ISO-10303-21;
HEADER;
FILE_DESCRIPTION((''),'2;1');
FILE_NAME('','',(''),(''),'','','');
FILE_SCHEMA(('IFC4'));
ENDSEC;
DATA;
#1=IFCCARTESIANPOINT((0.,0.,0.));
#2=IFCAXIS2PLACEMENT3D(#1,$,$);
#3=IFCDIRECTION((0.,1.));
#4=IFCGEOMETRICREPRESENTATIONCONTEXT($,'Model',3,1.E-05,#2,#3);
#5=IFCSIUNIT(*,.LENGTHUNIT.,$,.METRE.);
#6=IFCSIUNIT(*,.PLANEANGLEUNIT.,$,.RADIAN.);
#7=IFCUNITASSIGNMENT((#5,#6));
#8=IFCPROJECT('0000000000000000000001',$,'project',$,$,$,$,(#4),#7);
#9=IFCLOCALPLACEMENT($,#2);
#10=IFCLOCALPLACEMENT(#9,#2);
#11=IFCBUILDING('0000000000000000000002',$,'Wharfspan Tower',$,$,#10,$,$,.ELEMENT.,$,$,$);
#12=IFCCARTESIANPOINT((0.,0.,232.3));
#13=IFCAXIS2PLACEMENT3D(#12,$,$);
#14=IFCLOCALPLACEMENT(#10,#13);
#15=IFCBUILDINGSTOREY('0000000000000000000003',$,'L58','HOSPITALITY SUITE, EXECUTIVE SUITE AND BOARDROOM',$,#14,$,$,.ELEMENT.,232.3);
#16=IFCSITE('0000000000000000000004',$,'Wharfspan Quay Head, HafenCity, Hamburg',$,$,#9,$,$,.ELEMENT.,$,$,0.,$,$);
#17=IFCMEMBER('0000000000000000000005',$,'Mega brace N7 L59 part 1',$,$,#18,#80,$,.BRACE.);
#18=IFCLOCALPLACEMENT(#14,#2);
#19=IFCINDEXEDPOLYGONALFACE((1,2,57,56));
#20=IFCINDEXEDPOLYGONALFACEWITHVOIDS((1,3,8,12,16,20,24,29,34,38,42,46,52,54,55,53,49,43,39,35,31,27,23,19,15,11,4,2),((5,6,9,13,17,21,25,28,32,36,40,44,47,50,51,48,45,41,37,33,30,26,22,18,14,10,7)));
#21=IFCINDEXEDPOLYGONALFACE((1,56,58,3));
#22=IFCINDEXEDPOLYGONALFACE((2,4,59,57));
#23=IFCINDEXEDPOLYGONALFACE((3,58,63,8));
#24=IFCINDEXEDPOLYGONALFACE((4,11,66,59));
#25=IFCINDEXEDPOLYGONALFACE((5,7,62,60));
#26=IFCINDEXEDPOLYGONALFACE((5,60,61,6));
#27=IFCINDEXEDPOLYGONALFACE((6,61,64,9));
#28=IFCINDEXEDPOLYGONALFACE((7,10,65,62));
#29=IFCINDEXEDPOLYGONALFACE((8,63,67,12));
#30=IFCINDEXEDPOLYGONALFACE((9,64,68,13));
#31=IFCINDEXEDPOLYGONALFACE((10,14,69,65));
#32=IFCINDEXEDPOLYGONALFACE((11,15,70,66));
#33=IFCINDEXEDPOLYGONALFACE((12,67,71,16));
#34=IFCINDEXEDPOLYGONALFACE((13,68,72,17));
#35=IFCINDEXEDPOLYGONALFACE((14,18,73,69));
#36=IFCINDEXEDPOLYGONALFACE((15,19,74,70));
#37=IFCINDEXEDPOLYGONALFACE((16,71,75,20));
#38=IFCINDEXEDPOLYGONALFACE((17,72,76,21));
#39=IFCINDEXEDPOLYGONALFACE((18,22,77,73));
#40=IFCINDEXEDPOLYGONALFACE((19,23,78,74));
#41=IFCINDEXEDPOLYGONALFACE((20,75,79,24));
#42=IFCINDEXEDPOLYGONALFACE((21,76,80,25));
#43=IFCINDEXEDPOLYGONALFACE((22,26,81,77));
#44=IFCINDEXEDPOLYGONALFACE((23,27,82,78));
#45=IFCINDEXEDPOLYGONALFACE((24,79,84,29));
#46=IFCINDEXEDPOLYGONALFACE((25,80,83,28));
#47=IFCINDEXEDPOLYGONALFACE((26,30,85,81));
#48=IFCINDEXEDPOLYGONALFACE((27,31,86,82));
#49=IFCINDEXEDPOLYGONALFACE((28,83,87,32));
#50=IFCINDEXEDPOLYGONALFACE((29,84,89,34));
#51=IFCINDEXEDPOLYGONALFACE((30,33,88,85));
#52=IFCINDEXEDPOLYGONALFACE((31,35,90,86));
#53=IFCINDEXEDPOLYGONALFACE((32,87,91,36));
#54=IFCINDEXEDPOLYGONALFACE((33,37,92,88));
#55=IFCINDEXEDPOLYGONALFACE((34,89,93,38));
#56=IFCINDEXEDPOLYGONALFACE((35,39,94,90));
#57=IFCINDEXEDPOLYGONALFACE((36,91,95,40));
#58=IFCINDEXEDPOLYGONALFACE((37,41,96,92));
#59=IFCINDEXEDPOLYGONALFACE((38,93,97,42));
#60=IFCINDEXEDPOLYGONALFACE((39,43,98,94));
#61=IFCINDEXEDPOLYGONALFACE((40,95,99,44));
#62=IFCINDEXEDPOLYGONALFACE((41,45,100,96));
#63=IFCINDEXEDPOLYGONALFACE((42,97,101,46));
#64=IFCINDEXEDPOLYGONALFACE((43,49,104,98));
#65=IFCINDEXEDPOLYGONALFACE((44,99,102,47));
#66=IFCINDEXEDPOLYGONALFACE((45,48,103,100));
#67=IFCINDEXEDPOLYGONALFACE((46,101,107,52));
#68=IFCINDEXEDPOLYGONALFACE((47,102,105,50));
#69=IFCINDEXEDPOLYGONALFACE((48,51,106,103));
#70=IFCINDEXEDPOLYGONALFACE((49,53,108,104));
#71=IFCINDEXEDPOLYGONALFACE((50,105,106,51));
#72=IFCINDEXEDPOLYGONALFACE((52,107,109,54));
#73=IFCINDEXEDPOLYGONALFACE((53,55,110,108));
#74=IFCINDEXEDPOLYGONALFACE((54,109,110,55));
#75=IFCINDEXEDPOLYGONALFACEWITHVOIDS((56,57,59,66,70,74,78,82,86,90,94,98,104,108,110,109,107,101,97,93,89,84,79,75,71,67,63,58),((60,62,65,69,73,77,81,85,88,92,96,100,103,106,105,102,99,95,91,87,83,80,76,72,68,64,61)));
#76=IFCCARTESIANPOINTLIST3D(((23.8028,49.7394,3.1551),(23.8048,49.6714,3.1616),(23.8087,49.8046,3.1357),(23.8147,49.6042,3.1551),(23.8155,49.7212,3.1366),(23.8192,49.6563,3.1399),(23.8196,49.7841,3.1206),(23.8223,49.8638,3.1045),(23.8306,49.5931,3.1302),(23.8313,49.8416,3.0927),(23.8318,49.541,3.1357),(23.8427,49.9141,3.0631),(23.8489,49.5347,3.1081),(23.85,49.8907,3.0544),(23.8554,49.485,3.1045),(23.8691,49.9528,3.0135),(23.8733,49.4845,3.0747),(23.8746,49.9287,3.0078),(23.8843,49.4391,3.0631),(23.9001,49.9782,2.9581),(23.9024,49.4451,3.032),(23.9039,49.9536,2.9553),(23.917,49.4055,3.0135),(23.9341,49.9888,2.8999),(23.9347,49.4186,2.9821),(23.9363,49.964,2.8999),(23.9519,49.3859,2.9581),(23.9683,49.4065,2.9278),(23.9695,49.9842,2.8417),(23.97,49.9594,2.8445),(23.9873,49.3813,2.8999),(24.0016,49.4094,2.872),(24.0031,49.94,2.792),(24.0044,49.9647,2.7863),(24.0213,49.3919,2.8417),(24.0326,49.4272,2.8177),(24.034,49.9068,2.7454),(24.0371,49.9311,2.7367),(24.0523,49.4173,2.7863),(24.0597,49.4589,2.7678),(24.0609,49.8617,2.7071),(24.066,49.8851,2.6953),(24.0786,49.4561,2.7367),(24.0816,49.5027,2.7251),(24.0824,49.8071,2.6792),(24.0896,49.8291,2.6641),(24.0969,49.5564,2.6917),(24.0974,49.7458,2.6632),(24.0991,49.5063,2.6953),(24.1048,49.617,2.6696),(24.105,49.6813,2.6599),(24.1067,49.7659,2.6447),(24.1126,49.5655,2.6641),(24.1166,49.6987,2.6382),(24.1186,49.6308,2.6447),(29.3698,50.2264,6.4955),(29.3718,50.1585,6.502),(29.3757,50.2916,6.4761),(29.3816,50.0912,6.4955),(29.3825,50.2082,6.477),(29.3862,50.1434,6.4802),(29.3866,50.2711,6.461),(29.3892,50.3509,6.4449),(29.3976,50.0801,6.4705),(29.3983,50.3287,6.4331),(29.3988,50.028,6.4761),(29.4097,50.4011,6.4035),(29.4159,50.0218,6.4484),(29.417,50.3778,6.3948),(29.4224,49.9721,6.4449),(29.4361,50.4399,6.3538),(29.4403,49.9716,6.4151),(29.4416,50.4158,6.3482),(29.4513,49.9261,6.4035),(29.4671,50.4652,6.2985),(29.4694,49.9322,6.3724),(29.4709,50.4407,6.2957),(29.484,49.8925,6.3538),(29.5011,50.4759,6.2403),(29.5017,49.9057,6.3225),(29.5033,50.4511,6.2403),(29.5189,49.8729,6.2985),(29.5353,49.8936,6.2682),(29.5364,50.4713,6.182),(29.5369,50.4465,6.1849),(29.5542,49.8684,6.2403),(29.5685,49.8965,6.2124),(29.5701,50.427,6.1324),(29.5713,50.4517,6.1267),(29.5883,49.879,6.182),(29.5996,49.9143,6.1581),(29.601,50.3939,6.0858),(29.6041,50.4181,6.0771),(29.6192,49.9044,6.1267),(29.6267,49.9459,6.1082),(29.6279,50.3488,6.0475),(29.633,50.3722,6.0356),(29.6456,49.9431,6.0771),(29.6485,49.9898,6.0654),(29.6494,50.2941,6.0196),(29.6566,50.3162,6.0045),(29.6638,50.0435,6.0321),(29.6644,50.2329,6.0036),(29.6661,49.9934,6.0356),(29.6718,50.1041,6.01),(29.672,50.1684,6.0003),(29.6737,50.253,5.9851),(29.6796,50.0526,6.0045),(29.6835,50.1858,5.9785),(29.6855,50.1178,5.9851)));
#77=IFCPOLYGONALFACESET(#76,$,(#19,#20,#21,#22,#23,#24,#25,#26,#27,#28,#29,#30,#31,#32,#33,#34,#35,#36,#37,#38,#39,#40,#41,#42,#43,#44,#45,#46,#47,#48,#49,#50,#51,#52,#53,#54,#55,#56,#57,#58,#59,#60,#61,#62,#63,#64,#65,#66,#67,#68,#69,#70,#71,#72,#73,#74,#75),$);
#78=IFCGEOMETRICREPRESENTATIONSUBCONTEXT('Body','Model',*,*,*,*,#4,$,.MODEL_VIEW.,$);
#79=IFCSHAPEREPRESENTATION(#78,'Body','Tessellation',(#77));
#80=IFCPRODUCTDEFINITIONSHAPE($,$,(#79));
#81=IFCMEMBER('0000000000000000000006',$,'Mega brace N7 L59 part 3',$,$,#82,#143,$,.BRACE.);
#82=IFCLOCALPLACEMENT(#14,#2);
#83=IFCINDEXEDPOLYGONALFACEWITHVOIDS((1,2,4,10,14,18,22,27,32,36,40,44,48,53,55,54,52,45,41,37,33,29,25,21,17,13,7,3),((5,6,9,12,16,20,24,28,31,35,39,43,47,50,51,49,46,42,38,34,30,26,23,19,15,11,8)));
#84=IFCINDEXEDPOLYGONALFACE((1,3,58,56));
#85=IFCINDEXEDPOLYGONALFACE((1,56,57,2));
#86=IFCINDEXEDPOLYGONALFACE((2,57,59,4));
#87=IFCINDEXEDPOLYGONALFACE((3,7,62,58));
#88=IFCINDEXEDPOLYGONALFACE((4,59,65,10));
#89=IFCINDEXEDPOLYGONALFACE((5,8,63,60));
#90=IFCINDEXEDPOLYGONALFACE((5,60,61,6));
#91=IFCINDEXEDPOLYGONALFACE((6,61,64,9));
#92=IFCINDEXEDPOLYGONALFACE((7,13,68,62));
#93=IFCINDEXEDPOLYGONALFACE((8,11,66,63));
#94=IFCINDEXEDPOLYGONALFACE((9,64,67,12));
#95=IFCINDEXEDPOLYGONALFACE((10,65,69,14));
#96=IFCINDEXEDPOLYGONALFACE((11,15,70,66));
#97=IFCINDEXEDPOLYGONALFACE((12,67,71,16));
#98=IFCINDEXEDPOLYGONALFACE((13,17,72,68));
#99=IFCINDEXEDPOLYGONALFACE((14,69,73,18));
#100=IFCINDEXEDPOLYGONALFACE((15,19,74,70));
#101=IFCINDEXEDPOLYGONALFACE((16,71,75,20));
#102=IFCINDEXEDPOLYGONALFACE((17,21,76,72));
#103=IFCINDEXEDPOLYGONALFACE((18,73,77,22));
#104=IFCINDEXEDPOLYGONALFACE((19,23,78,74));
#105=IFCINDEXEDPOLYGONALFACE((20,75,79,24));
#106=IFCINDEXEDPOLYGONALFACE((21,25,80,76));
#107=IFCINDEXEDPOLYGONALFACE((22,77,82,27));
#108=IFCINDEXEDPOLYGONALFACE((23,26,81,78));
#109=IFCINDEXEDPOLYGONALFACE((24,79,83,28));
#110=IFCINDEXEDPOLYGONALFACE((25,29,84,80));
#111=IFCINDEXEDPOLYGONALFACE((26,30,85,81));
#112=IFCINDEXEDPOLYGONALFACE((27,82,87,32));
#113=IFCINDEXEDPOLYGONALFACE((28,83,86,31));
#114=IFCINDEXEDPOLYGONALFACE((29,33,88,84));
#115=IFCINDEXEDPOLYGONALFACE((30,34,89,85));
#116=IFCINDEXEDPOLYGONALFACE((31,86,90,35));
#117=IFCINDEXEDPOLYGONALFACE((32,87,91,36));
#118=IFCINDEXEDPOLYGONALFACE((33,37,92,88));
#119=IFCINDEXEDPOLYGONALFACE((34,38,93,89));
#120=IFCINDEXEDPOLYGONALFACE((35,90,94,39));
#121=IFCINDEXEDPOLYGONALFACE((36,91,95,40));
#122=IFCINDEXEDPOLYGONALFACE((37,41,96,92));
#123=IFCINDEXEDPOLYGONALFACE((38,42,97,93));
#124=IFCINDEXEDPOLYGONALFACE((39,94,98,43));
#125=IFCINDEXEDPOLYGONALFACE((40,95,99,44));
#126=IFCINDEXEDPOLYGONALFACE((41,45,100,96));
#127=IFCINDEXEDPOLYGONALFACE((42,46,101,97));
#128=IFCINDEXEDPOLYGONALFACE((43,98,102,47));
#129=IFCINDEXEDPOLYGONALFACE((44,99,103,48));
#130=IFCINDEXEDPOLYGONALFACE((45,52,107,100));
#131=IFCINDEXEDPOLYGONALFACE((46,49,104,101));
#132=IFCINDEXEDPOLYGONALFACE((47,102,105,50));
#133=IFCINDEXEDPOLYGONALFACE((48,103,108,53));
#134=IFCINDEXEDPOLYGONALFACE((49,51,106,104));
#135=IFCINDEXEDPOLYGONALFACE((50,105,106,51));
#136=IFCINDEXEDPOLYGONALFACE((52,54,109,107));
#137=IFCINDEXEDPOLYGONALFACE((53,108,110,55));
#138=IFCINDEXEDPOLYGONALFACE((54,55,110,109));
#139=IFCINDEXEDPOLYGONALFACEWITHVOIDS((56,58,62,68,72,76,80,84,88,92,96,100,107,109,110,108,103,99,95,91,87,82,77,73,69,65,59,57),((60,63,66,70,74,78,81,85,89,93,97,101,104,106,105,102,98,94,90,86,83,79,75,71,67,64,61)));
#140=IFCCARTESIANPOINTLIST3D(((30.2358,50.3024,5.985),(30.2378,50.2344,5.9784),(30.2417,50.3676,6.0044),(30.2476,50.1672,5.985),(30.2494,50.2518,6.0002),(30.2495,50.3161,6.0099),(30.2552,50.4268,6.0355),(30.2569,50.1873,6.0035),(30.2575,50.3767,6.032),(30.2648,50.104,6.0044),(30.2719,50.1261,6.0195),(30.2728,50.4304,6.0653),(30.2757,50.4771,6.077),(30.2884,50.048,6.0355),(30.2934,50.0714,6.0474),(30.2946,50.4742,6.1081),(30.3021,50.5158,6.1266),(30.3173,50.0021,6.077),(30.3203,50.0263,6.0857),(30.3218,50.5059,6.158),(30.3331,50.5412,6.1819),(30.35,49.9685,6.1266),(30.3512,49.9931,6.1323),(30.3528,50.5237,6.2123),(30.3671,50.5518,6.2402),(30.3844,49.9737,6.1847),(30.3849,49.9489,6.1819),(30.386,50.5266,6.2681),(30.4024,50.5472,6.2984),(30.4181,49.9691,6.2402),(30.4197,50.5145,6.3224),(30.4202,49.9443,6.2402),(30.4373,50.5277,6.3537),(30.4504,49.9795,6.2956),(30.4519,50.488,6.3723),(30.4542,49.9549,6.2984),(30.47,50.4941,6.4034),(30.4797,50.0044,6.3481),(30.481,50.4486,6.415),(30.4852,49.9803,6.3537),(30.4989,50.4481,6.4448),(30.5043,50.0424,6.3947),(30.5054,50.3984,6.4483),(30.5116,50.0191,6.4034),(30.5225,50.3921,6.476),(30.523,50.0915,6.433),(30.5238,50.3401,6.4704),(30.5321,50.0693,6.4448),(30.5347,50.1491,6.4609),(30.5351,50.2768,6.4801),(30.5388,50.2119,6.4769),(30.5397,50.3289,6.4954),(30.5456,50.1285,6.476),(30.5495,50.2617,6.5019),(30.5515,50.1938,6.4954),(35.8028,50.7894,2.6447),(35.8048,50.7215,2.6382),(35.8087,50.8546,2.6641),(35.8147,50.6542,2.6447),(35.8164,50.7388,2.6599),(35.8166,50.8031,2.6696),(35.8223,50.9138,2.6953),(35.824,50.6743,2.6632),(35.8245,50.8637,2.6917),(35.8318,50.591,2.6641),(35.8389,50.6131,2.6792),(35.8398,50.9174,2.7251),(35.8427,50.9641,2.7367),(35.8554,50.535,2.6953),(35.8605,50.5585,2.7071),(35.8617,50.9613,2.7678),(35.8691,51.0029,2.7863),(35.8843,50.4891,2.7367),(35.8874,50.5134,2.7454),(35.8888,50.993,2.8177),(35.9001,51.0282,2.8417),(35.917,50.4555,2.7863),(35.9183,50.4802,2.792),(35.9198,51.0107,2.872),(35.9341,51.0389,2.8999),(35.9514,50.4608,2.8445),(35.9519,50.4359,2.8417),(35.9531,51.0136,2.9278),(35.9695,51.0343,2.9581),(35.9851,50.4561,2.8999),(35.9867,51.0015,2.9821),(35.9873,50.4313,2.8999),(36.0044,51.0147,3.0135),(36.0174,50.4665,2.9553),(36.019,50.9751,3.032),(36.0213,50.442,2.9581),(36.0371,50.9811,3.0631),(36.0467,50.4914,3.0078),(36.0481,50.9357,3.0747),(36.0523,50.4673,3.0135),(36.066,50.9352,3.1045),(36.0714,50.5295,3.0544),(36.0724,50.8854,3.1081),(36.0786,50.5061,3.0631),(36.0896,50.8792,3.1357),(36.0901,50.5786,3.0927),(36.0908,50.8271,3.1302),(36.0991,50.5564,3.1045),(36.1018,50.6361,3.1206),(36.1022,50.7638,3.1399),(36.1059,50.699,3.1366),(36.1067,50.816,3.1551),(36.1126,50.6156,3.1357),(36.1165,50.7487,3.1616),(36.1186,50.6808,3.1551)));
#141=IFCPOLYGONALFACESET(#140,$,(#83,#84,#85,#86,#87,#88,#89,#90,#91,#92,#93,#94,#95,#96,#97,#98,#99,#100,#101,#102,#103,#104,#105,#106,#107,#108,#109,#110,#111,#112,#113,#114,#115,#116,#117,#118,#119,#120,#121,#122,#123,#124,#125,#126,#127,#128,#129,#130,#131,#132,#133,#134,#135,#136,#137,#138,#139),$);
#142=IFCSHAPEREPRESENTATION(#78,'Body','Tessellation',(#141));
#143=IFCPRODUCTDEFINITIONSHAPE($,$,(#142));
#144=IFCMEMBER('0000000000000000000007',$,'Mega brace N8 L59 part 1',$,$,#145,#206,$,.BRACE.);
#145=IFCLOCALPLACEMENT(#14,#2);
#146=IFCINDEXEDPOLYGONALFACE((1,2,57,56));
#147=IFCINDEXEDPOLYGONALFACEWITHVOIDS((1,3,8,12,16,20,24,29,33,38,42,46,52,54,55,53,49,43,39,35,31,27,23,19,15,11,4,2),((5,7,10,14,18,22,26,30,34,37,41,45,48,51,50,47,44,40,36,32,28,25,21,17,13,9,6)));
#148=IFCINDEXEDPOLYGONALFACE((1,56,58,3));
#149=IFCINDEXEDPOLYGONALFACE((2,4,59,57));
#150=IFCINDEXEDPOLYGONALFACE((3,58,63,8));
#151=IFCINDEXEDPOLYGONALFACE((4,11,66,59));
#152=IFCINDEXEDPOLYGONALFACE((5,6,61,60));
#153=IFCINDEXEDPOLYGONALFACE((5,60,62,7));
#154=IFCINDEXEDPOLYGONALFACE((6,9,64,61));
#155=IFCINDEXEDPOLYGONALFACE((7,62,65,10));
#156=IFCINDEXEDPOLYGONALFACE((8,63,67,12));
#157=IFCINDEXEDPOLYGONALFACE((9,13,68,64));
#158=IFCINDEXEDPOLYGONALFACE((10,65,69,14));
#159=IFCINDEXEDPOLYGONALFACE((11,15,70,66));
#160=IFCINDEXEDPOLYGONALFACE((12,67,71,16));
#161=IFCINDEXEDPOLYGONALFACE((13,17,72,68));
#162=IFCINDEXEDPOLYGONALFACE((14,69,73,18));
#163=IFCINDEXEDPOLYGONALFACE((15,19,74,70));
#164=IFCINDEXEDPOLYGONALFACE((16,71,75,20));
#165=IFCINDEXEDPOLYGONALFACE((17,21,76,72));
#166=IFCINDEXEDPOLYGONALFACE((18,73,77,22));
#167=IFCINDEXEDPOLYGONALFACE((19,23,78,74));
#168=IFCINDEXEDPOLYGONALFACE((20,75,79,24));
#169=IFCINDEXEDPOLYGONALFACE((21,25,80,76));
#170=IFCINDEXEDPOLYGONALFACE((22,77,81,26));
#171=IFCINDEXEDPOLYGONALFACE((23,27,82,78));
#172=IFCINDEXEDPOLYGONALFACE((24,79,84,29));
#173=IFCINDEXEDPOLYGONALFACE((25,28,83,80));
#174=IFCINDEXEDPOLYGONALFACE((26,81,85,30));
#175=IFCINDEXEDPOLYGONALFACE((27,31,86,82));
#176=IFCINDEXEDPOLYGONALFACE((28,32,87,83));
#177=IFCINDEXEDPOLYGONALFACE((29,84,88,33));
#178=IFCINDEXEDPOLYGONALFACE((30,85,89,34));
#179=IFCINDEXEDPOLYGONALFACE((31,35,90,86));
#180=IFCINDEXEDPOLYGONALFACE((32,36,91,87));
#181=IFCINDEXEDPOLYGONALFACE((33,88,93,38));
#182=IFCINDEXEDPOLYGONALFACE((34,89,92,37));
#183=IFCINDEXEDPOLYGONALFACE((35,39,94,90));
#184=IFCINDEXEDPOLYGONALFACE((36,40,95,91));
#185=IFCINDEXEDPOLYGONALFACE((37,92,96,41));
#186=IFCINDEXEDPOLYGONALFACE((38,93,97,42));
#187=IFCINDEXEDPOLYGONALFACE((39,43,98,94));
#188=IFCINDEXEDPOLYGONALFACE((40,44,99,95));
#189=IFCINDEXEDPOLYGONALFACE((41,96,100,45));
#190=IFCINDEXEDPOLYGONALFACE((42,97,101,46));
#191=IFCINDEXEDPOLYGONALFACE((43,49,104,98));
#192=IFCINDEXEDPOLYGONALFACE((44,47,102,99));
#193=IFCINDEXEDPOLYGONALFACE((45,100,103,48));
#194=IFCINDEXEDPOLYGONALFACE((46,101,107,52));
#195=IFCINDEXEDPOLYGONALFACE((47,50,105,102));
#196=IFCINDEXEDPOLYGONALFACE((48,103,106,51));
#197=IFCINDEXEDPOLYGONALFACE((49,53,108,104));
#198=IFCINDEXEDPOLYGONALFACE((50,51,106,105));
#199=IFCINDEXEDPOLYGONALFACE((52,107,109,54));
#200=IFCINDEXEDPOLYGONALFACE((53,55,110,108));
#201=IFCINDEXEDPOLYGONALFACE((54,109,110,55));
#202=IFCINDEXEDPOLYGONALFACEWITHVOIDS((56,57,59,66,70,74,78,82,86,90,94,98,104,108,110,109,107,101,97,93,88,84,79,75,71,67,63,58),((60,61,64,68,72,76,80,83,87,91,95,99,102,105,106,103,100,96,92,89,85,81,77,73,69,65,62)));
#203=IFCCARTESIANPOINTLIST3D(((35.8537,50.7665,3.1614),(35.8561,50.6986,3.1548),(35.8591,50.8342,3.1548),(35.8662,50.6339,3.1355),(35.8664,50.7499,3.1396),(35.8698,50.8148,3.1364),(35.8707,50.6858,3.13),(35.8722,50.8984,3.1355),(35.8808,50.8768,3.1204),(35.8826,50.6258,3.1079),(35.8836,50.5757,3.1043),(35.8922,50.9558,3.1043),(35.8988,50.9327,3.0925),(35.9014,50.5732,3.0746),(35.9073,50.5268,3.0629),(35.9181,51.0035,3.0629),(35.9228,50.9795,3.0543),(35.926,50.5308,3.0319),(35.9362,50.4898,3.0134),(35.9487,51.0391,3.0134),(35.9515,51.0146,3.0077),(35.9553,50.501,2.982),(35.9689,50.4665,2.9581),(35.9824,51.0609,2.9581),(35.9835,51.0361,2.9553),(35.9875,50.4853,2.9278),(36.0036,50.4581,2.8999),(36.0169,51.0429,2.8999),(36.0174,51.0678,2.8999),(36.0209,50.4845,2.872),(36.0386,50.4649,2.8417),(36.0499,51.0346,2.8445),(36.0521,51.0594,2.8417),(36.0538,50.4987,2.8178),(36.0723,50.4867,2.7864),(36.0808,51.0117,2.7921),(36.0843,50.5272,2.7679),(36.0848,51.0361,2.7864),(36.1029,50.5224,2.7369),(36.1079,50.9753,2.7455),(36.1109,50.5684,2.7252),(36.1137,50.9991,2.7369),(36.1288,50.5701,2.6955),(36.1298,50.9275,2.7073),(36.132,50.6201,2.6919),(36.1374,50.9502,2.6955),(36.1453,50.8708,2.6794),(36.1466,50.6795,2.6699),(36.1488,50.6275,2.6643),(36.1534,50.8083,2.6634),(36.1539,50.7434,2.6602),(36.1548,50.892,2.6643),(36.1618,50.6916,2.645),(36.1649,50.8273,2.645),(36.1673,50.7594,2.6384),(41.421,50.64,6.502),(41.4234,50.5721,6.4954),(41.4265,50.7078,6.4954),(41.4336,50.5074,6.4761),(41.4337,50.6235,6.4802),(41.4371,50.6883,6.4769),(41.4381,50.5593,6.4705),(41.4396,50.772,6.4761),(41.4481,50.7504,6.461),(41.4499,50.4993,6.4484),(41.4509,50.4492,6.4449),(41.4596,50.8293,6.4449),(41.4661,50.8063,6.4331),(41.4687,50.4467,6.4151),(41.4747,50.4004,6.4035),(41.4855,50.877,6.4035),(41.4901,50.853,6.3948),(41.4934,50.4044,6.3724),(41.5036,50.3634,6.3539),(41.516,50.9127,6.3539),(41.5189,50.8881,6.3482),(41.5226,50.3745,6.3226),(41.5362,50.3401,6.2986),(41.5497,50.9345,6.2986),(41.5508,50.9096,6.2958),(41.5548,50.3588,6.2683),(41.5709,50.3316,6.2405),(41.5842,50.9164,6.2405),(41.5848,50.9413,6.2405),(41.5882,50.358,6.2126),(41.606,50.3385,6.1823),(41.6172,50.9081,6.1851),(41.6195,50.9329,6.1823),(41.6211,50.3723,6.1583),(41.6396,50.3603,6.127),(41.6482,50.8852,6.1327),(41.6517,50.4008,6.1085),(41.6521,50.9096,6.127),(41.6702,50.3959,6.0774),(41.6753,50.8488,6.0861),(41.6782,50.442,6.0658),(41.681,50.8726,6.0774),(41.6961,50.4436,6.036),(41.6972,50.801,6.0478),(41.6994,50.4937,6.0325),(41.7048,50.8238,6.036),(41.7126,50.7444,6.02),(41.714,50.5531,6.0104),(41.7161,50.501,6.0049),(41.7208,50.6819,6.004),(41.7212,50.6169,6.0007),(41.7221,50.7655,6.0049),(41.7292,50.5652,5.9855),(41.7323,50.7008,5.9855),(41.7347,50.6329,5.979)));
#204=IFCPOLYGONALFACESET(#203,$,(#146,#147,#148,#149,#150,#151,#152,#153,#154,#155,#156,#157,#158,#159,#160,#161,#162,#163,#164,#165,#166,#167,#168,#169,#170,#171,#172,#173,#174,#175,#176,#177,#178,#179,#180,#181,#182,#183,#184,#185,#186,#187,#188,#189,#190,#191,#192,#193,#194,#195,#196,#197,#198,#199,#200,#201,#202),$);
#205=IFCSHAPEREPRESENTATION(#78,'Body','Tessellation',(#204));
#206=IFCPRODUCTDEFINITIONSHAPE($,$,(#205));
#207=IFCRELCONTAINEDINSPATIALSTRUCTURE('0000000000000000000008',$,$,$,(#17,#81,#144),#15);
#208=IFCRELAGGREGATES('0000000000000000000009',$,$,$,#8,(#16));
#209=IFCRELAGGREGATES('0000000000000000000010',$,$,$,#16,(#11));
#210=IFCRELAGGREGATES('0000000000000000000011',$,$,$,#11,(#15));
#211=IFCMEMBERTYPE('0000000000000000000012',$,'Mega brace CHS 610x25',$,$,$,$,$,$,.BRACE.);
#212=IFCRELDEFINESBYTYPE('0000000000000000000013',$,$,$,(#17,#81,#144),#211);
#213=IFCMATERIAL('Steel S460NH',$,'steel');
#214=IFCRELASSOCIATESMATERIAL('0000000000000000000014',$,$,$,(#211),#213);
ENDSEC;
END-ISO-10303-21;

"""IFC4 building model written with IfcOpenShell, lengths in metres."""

from ifc_helpers import new_model, si_unit, direction, frame, origin, origin_2d, place, context, subcontext, project, spatial, hollow_circle, extrude, material, material_profile, profile_set, type_object, element, save


model = new_model("IFC4")

# Units and contexts
model_context = context("Model", 3, precision=1e-05, world=origin(), true_north=direction((0.0, 1.0)))
body_context = subcontext(model_context, "Body", "Model", "MODEL_VIEW")
ifc_project = project(units=[si_unit("LENGTHUNIT", "METRE"), si_unit("PLANEANGLEUNIT", "RADIAN")], contexts=[model_context])

# Site, building, storey
site_placement = place(None, origin())
site = spatial("IfcSite", under=ifc_project, at=site_placement, Name="Wharfspan Quay Head, HafenCity, Hamburg", CompositionType="ELEMENT", RefElevation=0.0)
building_placement = place(site_placement, origin())
building = spatial("IfcBuilding", under=site, at=building_placement, Name="Wharfspan Tower", CompositionType="ELEMENT")
storey_placement = place(building_placement, frame((0.0, 0.0, 232.3)))
storey = spatial("IfcBuildingStorey", under=building, at=storey_placement, Name="L58", Description="HOSPITALITY SUITE, EXECUTIVE SUITE AND BOARDROOM", CompositionType="ELEMENT", Elevation=232.3)

# Members
ifc_material_1 = material(Name="Steel S460NH", Category="steel")
ifc_material_profile_1 = material_profile(ifc_material_1, hollow_circle(Radius=0.3049, WallThickness=0.0249, at=origin_2d()))
ifc_profile_set_1 = profile_set([ifc_material_profile_1], Name="Steel S460NH")
member_type = type_object("IfcMemberType", Name="Mega brace CHS 610x25", PredefinedType="BRACE", material=ifc_profile_set_1)
for number, where, z_axis, x_axis, name in (
    (1, (23.9607, 49.6851, 2.8999), (0.855077, 0.074813, 0.513076), (-0.087161, 0.996195, 0.000002), "Mega brace N7 L59 part 1"),
    (2, (35.9607, 50.7351, 2.8999), (-0.855087, -0.07481, 0.51306), (0.087154, -0.996194, -0.000002), "Mega brace N7 L59 part 3"),
):
    element("IfcMember", number, at=place(storey_placement, frame(where, z_axis=z_axis, x_axis=x_axis)), inside=storey, type_object=member_type, Name=name, PredefinedType="BRACE", context=body_context, shape_type="SweptSolid", body=[
        extrude(hollow_circle(Radius=0.3049, WallThickness=0.0249, at=origin_2d()), origin(), (0.0, 0.0, 1.0), 6.5105),
    ])
member_placement = place(storey_placement, frame((36.0105, 50.7629, 2.8999), z_axis=(0.85732, -0.019474, 0.514415), x_axis=(0.022708, 0.999746, 0.000002)))
element("IfcMember", 3, at=member_placement, inside=storey, type_object=member_type, Name="Mega brace N8 L59 part 1", PredefinedType="BRACE", context=body_context, shape_type="SweptSolid", body=[
    extrude(hollow_circle(Radius=0.3049, WallThickness=0.0249, at=origin_2d()), origin(), (0.0, 0.0, 1.0), 6.4939),
])

save(model, "model.ifc")
